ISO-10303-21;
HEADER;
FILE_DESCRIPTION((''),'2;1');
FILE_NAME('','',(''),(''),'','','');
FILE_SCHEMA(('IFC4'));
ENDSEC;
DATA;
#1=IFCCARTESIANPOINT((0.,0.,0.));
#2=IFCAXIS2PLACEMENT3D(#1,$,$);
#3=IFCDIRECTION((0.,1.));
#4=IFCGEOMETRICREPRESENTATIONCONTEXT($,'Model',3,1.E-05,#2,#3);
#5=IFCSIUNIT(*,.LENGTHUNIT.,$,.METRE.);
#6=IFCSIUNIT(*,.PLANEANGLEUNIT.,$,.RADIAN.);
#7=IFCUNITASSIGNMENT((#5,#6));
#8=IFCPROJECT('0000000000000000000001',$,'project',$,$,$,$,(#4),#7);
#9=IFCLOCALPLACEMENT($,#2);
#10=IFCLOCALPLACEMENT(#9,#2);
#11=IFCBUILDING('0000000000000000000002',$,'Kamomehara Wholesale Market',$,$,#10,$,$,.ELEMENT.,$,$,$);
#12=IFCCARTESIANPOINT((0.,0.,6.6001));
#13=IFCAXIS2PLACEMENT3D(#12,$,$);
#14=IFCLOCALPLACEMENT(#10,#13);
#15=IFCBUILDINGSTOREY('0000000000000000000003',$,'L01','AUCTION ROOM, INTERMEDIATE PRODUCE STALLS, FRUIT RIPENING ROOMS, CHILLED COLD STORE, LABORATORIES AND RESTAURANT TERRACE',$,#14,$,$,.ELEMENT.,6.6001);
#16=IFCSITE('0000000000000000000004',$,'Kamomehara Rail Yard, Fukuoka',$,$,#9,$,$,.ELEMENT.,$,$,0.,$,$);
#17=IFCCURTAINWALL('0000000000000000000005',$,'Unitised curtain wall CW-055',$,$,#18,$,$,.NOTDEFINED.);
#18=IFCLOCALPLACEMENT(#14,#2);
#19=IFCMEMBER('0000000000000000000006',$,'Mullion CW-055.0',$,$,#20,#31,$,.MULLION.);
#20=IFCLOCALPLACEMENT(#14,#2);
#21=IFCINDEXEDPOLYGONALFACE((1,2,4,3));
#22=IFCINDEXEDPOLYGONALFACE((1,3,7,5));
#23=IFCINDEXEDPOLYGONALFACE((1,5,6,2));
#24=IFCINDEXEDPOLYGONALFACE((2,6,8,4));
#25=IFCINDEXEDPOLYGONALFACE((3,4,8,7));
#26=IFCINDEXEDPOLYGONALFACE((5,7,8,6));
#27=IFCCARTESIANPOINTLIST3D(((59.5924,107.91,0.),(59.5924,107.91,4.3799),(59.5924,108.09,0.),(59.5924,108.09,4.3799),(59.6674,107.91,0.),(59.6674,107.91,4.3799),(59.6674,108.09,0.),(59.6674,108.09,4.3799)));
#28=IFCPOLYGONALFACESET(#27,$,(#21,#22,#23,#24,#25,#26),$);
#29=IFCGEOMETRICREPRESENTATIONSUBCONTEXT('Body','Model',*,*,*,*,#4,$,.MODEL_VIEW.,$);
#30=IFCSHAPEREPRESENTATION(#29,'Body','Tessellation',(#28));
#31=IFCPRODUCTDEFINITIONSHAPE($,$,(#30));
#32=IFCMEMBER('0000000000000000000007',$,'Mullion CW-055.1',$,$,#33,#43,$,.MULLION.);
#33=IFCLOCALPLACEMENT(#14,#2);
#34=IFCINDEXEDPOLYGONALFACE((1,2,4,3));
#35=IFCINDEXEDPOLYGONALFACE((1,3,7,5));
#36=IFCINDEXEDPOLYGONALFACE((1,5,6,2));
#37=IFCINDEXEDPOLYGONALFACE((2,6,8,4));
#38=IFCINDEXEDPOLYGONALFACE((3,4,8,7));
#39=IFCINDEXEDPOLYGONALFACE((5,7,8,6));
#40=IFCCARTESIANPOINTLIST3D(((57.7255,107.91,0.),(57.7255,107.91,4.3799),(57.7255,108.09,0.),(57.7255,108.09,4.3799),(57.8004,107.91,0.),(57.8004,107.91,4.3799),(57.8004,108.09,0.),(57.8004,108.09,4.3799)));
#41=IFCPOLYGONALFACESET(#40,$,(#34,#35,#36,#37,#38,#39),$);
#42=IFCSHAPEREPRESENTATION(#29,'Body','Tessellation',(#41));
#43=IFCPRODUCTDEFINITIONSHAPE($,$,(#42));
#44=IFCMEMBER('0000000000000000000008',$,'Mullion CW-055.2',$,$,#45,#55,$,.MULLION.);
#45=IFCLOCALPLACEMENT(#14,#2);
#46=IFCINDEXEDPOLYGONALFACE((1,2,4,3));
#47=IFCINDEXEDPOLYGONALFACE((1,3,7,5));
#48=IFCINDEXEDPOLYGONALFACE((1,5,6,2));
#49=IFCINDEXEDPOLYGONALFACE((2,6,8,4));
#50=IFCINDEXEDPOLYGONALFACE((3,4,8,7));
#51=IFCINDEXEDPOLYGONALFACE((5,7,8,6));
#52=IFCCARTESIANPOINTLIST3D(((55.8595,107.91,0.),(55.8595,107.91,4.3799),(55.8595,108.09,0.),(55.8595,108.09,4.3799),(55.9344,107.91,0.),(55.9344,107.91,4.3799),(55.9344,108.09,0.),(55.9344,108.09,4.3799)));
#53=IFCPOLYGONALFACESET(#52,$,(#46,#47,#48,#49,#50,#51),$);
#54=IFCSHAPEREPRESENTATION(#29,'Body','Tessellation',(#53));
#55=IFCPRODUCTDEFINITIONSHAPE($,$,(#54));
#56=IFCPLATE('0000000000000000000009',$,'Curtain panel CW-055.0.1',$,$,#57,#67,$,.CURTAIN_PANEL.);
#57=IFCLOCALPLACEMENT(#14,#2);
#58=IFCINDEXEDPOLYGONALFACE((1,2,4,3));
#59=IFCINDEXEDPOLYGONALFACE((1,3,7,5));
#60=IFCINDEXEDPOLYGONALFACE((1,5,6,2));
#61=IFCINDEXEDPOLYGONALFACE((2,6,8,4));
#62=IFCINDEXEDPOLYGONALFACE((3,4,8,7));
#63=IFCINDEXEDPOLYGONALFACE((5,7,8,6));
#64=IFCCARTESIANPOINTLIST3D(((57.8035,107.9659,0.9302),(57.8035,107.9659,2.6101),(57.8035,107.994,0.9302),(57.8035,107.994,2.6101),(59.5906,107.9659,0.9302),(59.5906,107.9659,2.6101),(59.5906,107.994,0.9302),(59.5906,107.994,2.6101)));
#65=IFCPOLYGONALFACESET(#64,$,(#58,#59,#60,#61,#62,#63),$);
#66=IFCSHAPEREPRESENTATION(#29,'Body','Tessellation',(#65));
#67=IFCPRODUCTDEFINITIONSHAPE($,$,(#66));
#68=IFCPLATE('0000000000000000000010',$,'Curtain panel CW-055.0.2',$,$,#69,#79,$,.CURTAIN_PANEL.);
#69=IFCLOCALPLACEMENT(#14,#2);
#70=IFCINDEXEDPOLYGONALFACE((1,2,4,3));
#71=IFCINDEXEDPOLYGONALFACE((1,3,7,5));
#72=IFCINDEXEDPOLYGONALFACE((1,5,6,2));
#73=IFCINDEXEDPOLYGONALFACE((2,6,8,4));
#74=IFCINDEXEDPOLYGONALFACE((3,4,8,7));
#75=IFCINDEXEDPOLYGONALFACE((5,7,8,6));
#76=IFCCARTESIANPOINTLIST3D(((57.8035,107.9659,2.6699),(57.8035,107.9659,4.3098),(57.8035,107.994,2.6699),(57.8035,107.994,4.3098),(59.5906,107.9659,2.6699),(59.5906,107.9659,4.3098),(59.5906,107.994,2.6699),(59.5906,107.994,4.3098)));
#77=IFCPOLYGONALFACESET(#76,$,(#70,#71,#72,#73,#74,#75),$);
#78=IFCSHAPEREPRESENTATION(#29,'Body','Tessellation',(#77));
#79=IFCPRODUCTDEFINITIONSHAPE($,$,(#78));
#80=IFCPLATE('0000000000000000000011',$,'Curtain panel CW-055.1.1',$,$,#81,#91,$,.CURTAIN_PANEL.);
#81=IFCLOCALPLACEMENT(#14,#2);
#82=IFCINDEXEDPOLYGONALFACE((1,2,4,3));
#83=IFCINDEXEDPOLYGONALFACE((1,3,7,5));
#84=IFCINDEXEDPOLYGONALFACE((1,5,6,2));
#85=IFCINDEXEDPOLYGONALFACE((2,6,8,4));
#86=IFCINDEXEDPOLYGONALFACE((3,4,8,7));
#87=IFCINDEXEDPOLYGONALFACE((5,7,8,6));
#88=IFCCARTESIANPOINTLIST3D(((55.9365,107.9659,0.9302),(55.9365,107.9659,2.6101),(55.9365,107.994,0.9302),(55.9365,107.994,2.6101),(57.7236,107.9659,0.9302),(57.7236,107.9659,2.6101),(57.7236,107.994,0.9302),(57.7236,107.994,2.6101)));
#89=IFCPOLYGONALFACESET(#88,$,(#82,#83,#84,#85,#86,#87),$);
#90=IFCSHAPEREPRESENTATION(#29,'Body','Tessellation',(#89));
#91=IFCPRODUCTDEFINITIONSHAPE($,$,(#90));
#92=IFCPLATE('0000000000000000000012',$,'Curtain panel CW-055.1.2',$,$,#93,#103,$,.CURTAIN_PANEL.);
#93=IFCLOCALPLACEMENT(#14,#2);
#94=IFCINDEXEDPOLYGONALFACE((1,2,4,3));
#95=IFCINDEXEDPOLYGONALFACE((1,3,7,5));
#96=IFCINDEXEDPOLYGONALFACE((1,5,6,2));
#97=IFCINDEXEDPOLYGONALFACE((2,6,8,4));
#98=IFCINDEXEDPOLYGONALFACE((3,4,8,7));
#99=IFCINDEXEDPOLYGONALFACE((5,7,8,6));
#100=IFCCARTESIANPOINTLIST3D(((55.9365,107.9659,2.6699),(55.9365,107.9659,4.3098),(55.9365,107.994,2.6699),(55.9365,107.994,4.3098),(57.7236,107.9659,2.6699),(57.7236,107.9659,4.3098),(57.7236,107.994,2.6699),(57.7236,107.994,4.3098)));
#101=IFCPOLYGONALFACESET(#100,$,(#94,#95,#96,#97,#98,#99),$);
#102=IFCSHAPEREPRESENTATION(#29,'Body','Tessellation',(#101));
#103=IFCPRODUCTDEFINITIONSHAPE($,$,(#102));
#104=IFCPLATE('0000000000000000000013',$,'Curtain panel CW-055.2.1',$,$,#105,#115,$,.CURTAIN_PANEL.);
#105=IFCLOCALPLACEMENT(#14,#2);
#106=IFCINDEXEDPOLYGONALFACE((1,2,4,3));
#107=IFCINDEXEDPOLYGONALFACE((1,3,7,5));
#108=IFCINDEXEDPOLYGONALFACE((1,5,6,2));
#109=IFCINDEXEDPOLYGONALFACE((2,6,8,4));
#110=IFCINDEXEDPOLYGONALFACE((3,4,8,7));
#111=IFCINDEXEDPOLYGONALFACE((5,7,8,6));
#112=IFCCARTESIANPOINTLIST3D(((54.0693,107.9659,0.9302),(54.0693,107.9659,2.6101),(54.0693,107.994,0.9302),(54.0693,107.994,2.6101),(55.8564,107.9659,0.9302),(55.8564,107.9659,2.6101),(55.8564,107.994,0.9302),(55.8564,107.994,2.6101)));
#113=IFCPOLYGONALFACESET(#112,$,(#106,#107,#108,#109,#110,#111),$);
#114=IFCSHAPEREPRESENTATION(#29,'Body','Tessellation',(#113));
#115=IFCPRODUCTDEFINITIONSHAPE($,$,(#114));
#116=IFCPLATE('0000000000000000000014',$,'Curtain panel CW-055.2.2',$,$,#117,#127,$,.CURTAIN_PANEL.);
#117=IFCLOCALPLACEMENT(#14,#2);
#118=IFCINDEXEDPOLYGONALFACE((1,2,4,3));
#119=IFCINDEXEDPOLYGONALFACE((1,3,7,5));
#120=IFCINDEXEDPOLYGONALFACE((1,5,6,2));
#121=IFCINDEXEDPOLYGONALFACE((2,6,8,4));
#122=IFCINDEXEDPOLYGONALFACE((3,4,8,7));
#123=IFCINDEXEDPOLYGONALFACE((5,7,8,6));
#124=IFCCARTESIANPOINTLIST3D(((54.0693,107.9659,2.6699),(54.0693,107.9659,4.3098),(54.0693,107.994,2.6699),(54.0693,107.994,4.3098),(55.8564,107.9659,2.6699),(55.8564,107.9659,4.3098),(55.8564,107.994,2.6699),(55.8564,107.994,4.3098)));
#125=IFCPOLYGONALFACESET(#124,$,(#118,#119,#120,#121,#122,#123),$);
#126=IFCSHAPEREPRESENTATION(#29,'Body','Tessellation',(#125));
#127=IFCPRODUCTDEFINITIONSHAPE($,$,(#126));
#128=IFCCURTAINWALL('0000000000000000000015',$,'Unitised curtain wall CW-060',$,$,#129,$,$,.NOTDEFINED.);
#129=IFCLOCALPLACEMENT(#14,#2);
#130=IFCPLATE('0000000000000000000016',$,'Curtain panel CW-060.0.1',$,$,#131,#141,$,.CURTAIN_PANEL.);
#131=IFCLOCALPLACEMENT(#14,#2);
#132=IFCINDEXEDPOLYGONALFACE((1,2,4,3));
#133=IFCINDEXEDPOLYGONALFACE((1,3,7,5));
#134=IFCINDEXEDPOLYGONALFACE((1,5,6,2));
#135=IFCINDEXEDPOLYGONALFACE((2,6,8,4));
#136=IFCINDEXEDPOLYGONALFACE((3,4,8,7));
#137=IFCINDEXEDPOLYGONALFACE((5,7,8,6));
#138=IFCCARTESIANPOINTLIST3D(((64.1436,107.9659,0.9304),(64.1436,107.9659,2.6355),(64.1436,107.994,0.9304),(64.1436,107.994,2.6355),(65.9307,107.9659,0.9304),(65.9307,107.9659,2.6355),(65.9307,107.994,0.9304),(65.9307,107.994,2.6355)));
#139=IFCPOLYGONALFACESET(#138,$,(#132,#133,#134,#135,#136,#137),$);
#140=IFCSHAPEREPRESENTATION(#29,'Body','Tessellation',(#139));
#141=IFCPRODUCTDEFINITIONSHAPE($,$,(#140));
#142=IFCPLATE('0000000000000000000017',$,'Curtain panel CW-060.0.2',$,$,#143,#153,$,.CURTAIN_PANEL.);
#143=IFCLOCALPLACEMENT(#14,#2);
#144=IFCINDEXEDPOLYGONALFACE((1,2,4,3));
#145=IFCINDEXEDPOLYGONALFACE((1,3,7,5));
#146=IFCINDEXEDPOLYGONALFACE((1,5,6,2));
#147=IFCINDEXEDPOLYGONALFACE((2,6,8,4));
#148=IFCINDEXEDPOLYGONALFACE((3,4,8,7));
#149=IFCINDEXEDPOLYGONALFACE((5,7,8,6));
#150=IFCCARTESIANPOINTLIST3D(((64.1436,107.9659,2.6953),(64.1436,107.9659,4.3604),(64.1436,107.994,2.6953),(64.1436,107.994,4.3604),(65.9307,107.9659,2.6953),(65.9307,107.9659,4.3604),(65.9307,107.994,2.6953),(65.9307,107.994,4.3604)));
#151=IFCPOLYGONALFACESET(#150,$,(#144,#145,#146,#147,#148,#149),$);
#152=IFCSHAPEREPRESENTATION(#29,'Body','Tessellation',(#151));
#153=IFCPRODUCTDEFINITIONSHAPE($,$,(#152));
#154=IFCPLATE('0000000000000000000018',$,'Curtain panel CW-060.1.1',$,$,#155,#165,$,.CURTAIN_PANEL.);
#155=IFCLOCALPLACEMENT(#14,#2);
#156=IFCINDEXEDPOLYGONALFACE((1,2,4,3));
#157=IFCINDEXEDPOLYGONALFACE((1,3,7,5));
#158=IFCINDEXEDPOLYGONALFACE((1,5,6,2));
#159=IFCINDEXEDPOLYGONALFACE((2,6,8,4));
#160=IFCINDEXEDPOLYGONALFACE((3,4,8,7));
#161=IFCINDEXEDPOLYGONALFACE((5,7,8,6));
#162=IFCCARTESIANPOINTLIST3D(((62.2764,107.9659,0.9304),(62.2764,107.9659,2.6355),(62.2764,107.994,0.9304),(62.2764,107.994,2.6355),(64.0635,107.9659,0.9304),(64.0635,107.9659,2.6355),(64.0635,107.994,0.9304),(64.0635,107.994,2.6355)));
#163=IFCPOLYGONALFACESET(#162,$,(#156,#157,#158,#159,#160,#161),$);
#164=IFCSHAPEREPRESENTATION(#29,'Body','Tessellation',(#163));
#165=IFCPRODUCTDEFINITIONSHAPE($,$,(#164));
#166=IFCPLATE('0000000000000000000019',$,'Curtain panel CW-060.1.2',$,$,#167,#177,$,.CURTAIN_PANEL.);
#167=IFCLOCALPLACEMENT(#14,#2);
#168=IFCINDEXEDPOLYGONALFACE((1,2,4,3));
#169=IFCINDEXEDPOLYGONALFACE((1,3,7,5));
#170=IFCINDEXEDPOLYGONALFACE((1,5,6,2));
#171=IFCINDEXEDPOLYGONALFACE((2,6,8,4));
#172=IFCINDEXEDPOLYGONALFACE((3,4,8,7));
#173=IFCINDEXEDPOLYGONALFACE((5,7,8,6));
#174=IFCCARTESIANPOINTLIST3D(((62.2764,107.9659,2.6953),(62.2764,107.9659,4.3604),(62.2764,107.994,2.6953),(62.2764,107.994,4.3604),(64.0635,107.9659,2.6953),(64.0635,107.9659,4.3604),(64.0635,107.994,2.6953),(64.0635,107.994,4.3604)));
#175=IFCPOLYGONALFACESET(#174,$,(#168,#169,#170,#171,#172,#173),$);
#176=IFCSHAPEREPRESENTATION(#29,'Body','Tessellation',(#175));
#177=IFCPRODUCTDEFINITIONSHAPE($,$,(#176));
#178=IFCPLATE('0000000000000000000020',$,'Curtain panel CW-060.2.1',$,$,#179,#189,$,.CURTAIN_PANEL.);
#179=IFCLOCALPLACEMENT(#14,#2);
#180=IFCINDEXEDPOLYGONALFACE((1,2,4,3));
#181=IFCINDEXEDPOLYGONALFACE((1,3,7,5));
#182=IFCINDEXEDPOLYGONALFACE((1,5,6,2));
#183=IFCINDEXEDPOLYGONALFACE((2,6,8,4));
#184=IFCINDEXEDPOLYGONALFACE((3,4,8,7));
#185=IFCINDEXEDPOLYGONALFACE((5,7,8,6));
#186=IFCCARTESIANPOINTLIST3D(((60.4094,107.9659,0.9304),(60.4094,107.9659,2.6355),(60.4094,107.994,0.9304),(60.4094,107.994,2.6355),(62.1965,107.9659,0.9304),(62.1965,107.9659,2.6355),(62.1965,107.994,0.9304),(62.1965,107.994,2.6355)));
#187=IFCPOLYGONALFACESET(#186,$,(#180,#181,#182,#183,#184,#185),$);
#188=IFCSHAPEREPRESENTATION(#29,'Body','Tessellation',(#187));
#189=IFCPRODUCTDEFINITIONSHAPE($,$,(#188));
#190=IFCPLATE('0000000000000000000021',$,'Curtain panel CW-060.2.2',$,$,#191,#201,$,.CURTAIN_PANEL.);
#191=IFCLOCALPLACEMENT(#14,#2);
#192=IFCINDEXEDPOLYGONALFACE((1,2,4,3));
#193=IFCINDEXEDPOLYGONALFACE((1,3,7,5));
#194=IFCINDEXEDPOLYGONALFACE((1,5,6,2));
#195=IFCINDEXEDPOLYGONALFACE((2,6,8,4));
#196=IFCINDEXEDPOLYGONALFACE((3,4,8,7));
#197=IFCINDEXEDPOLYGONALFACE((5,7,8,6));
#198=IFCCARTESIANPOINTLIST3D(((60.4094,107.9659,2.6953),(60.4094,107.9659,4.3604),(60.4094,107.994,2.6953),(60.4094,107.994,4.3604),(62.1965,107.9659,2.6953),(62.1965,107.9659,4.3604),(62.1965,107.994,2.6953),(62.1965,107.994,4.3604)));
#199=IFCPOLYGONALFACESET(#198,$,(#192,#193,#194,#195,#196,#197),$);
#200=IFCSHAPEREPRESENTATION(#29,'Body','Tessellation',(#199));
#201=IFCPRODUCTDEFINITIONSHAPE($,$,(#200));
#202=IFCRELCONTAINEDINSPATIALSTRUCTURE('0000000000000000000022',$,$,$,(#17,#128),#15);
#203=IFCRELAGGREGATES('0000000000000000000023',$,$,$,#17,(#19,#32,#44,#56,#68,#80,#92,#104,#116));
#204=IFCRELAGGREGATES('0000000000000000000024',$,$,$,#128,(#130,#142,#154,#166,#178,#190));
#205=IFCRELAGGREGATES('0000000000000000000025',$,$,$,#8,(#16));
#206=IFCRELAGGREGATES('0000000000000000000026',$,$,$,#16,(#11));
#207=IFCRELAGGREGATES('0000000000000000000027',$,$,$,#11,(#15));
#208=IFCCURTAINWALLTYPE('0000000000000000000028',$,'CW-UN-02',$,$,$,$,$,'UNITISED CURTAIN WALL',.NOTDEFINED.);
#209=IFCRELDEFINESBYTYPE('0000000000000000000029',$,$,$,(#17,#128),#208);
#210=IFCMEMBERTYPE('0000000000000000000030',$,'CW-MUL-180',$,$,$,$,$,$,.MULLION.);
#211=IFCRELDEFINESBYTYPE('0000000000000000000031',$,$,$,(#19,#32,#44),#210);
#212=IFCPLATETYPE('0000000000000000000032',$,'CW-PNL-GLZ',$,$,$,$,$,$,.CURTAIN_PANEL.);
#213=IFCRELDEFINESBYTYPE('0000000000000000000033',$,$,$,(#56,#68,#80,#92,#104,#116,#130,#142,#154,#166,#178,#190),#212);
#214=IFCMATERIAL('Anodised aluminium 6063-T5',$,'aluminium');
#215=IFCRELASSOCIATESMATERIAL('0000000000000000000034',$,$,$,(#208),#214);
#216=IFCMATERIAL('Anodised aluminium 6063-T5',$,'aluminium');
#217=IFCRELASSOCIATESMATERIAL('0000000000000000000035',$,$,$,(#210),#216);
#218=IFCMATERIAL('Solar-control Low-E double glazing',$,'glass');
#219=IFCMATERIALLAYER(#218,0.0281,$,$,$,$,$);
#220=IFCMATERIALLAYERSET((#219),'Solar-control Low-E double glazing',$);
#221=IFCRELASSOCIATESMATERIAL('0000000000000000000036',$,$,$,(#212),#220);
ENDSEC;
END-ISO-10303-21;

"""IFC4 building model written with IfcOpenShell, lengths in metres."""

from ifc_helpers import new_model, si_unit, direction, frame, origin, origin_2d, place, context, subcontext, project, spatial, rectangle, extrude, material, layer, layer_set, material_profile, profile_set, type_object, element, aggregate, save


model = new_model("IFC4")

# Units and contexts
model_context = context("Model", 3, precision=1e-05, world=origin(), true_north=direction((0.0, 1.0)))
body_context = subcontext(model_context, "Body", "Model", "MODEL_VIEW")
ifc_project = project(units=[si_unit("LENGTHUNIT", "METRE"), si_unit("PLANEANGLEUNIT", "RADIAN")], contexts=[model_context])

# Site, building, storey
site_placement = place(None, origin())
site = spatial("IfcSite", under=ifc_project, at=site_placement, Name="Kamomehara Rail Yard, Fukuoka", CompositionType="ELEMENT", RefElevation=0.0)
building_placement = place(site_placement, origin())
building = spatial("IfcBuilding", under=site, at=building_placement, Name="Kamomehara Wholesale Market", CompositionType="ELEMENT")
storey_placement = place(building_placement, frame((0.0, 0.0, 6.6001)))
storey = spatial("IfcBuildingStorey", under=building, at=storey_placement, Name="L01", Description="AUCTION ROOM, INTERMEDIATE PRODUCE STALLS, FRUIT RIPENING ROOMS, CHILLED COLD STORE, LABORATORIES AND RESTAURANT TERRACE", CompositionType="ELEMENT", Elevation=6.6001)

# Curtain wall, members, plates
ifc_material_1 = material(Name="Anodised aluminium 6063-T5", Category="aluminium")
curtain_wall_type = type_object("IfcCurtainWallType", Name="CW-UN-02", ElementType="UNITISED CURTAIN WALL", PredefinedType="NOTDEFINED", material=ifc_material_1)
curtain_wall_1_placement = place(storey_placement, origin())
curtain_wall_1 = element("IfcCurtainWall", 1, at=curtain_wall_1_placement, inside=storey, type_object=curtain_wall_type, Name="Unitised curtain wall CW-055", PredefinedType="NOTDEFINED")
ifc_material_2 = material(Name="Anodised aluminium 6063-T5", Category="aluminium")
ifc_material_profile = material_profile(ifc_material_2, rectangle(XDim=0.075, YDim=0.1799, at=origin_2d()), Name="ALU-MUL-75x180")
ifc_profile_set = profile_set([ifc_material_profile], Name="Anodised aluminium 6063-T5")
member_type = type_object("IfcMemberType", Name="CW-MUL-180", PredefinedType="MULLION", material=ifc_profile_set)
member_1_placement = place(storey_placement, frame((59.6299, 108.0, 0.0), z_axis=(0.0, 0.0, 1.0), x_axis=(-1.0, 0.0, 0.0)))
member_1 = element("IfcMember", 2, at=member_1_placement, type_object=member_type, Name="Mullion CW-055.0", PredefinedType="MULLION", context=body_context, shape_type="SweptSolid", body=[
    extrude(rectangle(XDim=0.075, YDim=0.1799, at=origin_2d()), origin(), (0.0, 0.0, 1.0), 4.3799),
])
member_2_placement = place(storey_placement, frame((57.7629, 108.0, 0.0), z_axis=(0.0, 0.0, 1.0), x_axis=(-1.0, 0.0, 0.0)))
member_2 = element("IfcMember", 3, at=member_2_placement, type_object=member_type, Name="Mullion CW-055.1", PredefinedType="MULLION", context=body_context, shape_type="SweptSolid", body=[
    extrude(rectangle(XDim=0.075, YDim=0.1799, at=origin_2d()), origin(), (0.0, 0.0, 1.0), 4.3799),
])
member_3_placement = place(storey_placement, frame((55.897, 108.0, 0.0), z_axis=(0.0, 0.0, 1.0), x_axis=(-1.0, 0.0, 0.0)))
member_3 = element("IfcMember", 4, at=member_3_placement, type_object=member_type, Name="Mullion CW-055.2", PredefinedType="MULLION", context=body_context, shape_type="SweptSolid", body=[
    extrude(rectangle(XDim=0.075, YDim=0.1799, at=origin_2d()), origin(), (0.0, 0.0, 1.0), 4.3799),
])
ifc_material_3 = material(Name="Solar-control Low-E double glazing", Category="glass")
ifc_layer_1 = layer(ifc_material_3, 0.0281)
ifc_layer_set_1 = layer_set([ifc_layer_1], Name="Solar-control Low-E double glazing")
plate_type_1 = type_object("IfcPlateType", Name="CW-PNL-GLZ", PredefinedType="CURTAIN_PANEL", material=ifc_layer_set_1)
plate_1_placement = place(storey_placement, frame((58.697, 107.98, 0.9302), z_axis=(0.0, 0.0, 1.0), x_axis=(-1.0, 0.0, 0.0)))
plate_1 = element("IfcPlate", 5, at=plate_1_placement, type_object=plate_type_1, Name="Curtain panel CW-055.0.1", PredefinedType="CURTAIN_PANEL", context=body_context, shape_type="SweptSolid", body=[
    extrude(rectangle(XDim=1.7871, YDim=0.0281, at=origin_2d()), origin(), (0.0, 0.0, 1.0), 1.6799),
])
plate_2_placement = place(storey_placement, frame((58.697, 107.98, 2.6699), z_axis=(0.0, 0.0, 1.0), x_axis=(-1.0, 0.0, 0.0)))
plate_2 = element("IfcPlate", 6, at=plate_2_placement, type_object=plate_type_1, Name="Curtain panel CW-055.0.2", PredefinedType="CURTAIN_PANEL", context=body_context, shape_type="SweptSolid", body=[
    extrude(rectangle(XDim=1.7871, YDim=0.0281, at=origin_2d()), origin(), (0.0, 0.0, 1.0), 1.6399),
])
plate_3_placement = place(storey_placement, frame((56.8301, 107.98, 0.9302), z_axis=(0.0, 0.0, 1.0), x_axis=(-1.0, 0.0, 0.0)))
plate_3 = element("IfcPlate", 7, at=plate_3_placement, type_object=plate_type_1, Name="Curtain panel CW-055.1.1", PredefinedType="CURTAIN_PANEL", context=body_context, shape_type="SweptSolid", body=[
    extrude(rectangle(XDim=1.7871, YDim=0.0281, at=origin_2d()), origin(), (0.0, 0.0, 1.0), 1.6799),
])
plate_4_placement = place(storey_placement, frame((56.8301, 107.98, 2.6699), z_axis=(0.0, 0.0, 1.0), x_axis=(-1.0, 0.0, 0.0)))
plate_4 = element("IfcPlate", 8, at=plate_4_placement, type_object=plate_type_1, Name="Curtain panel CW-055.1.2", PredefinedType="CURTAIN_PANEL", context=body_context, shape_type="SweptSolid", body=[
    extrude(rectangle(XDim=1.7871, YDim=0.0281, at=origin_2d()), origin(), (0.0, 0.0, 1.0), 1.6399),
])
plate_5_placement = place(storey_placement, frame((54.9629, 107.98, 0.9302), z_axis=(0.0, 0.0, 1.0), x_axis=(-1.0, 0.0, 0.0)))
plate_5 = element("IfcPlate", 9, at=plate_5_placement, type_object=plate_type_1, Name="Curtain panel CW-055.2.1", PredefinedType="CURTAIN_PANEL", context=body_context, shape_type="SweptSolid", body=[
    extrude(rectangle(XDim=1.7871, YDim=0.0281, at=origin_2d()), origin(), (0.0, 0.0, 1.0), 1.6799),
])
plate_6_placement = place(storey_placement, frame((54.9629, 107.98, 2.6699), z_axis=(0.0, 0.0, 1.0), x_axis=(-1.0, 0.0, 0.0)))
plate_6 = element("IfcPlate", 10, at=plate_6_placement, type_object=plate_type_1, Name="Curtain panel CW-055.2.2", PredefinedType="CURTAIN_PANEL", context=body_context, shape_type="SweptSolid", body=[
    extrude(rectangle(XDim=1.7871, YDim=0.0281, at=origin_2d()), origin(), (0.0, 0.0, 1.0), 1.6399),
])

# Curtain wall, plates
curtain_wall_2_placement = place(storey_placement, origin())
curtain_wall_2 = element("IfcCurtainWall", 11, at=curtain_wall_2_placement, inside=storey, type_object=curtain_wall_type, Name="Unitised curtain wall CW-060", PredefinedType="NOTDEFINED")
plate_7_placement = place(storey_placement, frame((65.0371, 107.98, 0.9304), z_axis=(0.0, 0.0, 1.0), x_axis=(-1.0, 0.0, 0.0)))
plate_7 = element("IfcPlate", 12, at=plate_7_placement, type_object=plate_type_1, Name="Curtain panel CW-060.0.1", PredefinedType="CURTAIN_PANEL", context=body_context, shape_type="SweptSolid", body=[
    extrude(rectangle(XDim=1.7871, YDim=0.0281, at=origin_2d()), origin(), (0.0, 0.0, 1.0), 1.7051),
])
plate_8_placement = place(storey_placement, frame((65.0371, 107.98, 2.6953), z_axis=(0.0, 0.0, 1.0), x_axis=(-1.0, 0.0, 0.0)))
plate_8 = element("IfcPlate", 13, at=plate_8_placement, type_object=plate_type_1, Name="Curtain panel CW-060.0.2", PredefinedType="CURTAIN_PANEL", context=body_context, shape_type="SweptSolid", body=[
    extrude(rectangle(XDim=1.7871, YDim=0.0281, at=origin_2d()), origin(), (0.0, 0.0, 1.0), 1.665),
])
plate_9_placement = place(storey_placement, frame((63.1699, 107.98, 0.9304), z_axis=(0.0, 0.0, 1.0), x_axis=(-1.0, 0.0, 0.0)))
plate_9 = element("IfcPlate", 14, at=plate_9_placement, type_object=plate_type_1, Name="Curtain panel CW-060.1.1", PredefinedType="CURTAIN_PANEL", context=body_context, shape_type="SweptSolid", body=[
    extrude(rectangle(XDim=1.7871, YDim=0.0281, at=origin_2d()), origin(), (0.0, 0.0, 1.0), 1.7051),
])
plate_10_placement = place(storey_placement, frame((63.1699, 107.98, 2.6953), z_axis=(0.0, 0.0, 1.0), x_axis=(-1.0, 0.0, 0.0)))
plate_10 = element("IfcPlate", 15, at=plate_10_placement, type_object=plate_type_1, Name="Curtain panel CW-060.1.2", PredefinedType="CURTAIN_PANEL", context=body_context, shape_type="SweptSolid", body=[
    extrude(rectangle(XDim=1.7871, YDim=0.0281, at=origin_2d()), origin(), (0.0, 0.0, 1.0), 1.665),
])
plate_11_placement = place(storey_placement, frame((61.303, 107.98, 0.9304), z_axis=(0.0, 0.0, 1.0), x_axis=(-1.0, 0.0, 0.0)))
plate_11 = element("IfcPlate", 16, at=plate_11_placement, type_object=plate_type_1, Name="Curtain panel CW-060.2.1", PredefinedType="CURTAIN_PANEL", context=body_context, shape_type="SweptSolid", body=[
    extrude(rectangle(XDim=1.7871, YDim=0.0281, at=origin_2d()), origin(), (0.0, 0.0, 1.0), 1.7051),
])
plate_12_placement = place(storey_placement, frame((61.303, 107.98, 2.6953), z_axis=(0.0, 0.0, 1.0), x_axis=(-1.0, 0.0, 0.0)))
plate_12 = element("IfcPlate", 17, at=plate_12_placement, type_object=plate_type_1, Name="Curtain panel CW-060.2.2", PredefinedType="CURTAIN_PANEL", context=body_context, shape_type="SweptSolid", body=[
    extrude(rectangle(XDim=1.7871, YDim=0.0281, at=origin_2d()), origin(), (0.0, 0.0, 1.0), 1.665),
])

aggregate(curtain_wall_1, [member_1, member_2, member_3, plate_1, plate_2, plate_3, plate_4, plate_5, plate_6])
aggregate(curtain_wall_2, [plate_7, plate_8, plate_9, plate_10, plate_11, plate_12])

save(model, "model.ifc")
